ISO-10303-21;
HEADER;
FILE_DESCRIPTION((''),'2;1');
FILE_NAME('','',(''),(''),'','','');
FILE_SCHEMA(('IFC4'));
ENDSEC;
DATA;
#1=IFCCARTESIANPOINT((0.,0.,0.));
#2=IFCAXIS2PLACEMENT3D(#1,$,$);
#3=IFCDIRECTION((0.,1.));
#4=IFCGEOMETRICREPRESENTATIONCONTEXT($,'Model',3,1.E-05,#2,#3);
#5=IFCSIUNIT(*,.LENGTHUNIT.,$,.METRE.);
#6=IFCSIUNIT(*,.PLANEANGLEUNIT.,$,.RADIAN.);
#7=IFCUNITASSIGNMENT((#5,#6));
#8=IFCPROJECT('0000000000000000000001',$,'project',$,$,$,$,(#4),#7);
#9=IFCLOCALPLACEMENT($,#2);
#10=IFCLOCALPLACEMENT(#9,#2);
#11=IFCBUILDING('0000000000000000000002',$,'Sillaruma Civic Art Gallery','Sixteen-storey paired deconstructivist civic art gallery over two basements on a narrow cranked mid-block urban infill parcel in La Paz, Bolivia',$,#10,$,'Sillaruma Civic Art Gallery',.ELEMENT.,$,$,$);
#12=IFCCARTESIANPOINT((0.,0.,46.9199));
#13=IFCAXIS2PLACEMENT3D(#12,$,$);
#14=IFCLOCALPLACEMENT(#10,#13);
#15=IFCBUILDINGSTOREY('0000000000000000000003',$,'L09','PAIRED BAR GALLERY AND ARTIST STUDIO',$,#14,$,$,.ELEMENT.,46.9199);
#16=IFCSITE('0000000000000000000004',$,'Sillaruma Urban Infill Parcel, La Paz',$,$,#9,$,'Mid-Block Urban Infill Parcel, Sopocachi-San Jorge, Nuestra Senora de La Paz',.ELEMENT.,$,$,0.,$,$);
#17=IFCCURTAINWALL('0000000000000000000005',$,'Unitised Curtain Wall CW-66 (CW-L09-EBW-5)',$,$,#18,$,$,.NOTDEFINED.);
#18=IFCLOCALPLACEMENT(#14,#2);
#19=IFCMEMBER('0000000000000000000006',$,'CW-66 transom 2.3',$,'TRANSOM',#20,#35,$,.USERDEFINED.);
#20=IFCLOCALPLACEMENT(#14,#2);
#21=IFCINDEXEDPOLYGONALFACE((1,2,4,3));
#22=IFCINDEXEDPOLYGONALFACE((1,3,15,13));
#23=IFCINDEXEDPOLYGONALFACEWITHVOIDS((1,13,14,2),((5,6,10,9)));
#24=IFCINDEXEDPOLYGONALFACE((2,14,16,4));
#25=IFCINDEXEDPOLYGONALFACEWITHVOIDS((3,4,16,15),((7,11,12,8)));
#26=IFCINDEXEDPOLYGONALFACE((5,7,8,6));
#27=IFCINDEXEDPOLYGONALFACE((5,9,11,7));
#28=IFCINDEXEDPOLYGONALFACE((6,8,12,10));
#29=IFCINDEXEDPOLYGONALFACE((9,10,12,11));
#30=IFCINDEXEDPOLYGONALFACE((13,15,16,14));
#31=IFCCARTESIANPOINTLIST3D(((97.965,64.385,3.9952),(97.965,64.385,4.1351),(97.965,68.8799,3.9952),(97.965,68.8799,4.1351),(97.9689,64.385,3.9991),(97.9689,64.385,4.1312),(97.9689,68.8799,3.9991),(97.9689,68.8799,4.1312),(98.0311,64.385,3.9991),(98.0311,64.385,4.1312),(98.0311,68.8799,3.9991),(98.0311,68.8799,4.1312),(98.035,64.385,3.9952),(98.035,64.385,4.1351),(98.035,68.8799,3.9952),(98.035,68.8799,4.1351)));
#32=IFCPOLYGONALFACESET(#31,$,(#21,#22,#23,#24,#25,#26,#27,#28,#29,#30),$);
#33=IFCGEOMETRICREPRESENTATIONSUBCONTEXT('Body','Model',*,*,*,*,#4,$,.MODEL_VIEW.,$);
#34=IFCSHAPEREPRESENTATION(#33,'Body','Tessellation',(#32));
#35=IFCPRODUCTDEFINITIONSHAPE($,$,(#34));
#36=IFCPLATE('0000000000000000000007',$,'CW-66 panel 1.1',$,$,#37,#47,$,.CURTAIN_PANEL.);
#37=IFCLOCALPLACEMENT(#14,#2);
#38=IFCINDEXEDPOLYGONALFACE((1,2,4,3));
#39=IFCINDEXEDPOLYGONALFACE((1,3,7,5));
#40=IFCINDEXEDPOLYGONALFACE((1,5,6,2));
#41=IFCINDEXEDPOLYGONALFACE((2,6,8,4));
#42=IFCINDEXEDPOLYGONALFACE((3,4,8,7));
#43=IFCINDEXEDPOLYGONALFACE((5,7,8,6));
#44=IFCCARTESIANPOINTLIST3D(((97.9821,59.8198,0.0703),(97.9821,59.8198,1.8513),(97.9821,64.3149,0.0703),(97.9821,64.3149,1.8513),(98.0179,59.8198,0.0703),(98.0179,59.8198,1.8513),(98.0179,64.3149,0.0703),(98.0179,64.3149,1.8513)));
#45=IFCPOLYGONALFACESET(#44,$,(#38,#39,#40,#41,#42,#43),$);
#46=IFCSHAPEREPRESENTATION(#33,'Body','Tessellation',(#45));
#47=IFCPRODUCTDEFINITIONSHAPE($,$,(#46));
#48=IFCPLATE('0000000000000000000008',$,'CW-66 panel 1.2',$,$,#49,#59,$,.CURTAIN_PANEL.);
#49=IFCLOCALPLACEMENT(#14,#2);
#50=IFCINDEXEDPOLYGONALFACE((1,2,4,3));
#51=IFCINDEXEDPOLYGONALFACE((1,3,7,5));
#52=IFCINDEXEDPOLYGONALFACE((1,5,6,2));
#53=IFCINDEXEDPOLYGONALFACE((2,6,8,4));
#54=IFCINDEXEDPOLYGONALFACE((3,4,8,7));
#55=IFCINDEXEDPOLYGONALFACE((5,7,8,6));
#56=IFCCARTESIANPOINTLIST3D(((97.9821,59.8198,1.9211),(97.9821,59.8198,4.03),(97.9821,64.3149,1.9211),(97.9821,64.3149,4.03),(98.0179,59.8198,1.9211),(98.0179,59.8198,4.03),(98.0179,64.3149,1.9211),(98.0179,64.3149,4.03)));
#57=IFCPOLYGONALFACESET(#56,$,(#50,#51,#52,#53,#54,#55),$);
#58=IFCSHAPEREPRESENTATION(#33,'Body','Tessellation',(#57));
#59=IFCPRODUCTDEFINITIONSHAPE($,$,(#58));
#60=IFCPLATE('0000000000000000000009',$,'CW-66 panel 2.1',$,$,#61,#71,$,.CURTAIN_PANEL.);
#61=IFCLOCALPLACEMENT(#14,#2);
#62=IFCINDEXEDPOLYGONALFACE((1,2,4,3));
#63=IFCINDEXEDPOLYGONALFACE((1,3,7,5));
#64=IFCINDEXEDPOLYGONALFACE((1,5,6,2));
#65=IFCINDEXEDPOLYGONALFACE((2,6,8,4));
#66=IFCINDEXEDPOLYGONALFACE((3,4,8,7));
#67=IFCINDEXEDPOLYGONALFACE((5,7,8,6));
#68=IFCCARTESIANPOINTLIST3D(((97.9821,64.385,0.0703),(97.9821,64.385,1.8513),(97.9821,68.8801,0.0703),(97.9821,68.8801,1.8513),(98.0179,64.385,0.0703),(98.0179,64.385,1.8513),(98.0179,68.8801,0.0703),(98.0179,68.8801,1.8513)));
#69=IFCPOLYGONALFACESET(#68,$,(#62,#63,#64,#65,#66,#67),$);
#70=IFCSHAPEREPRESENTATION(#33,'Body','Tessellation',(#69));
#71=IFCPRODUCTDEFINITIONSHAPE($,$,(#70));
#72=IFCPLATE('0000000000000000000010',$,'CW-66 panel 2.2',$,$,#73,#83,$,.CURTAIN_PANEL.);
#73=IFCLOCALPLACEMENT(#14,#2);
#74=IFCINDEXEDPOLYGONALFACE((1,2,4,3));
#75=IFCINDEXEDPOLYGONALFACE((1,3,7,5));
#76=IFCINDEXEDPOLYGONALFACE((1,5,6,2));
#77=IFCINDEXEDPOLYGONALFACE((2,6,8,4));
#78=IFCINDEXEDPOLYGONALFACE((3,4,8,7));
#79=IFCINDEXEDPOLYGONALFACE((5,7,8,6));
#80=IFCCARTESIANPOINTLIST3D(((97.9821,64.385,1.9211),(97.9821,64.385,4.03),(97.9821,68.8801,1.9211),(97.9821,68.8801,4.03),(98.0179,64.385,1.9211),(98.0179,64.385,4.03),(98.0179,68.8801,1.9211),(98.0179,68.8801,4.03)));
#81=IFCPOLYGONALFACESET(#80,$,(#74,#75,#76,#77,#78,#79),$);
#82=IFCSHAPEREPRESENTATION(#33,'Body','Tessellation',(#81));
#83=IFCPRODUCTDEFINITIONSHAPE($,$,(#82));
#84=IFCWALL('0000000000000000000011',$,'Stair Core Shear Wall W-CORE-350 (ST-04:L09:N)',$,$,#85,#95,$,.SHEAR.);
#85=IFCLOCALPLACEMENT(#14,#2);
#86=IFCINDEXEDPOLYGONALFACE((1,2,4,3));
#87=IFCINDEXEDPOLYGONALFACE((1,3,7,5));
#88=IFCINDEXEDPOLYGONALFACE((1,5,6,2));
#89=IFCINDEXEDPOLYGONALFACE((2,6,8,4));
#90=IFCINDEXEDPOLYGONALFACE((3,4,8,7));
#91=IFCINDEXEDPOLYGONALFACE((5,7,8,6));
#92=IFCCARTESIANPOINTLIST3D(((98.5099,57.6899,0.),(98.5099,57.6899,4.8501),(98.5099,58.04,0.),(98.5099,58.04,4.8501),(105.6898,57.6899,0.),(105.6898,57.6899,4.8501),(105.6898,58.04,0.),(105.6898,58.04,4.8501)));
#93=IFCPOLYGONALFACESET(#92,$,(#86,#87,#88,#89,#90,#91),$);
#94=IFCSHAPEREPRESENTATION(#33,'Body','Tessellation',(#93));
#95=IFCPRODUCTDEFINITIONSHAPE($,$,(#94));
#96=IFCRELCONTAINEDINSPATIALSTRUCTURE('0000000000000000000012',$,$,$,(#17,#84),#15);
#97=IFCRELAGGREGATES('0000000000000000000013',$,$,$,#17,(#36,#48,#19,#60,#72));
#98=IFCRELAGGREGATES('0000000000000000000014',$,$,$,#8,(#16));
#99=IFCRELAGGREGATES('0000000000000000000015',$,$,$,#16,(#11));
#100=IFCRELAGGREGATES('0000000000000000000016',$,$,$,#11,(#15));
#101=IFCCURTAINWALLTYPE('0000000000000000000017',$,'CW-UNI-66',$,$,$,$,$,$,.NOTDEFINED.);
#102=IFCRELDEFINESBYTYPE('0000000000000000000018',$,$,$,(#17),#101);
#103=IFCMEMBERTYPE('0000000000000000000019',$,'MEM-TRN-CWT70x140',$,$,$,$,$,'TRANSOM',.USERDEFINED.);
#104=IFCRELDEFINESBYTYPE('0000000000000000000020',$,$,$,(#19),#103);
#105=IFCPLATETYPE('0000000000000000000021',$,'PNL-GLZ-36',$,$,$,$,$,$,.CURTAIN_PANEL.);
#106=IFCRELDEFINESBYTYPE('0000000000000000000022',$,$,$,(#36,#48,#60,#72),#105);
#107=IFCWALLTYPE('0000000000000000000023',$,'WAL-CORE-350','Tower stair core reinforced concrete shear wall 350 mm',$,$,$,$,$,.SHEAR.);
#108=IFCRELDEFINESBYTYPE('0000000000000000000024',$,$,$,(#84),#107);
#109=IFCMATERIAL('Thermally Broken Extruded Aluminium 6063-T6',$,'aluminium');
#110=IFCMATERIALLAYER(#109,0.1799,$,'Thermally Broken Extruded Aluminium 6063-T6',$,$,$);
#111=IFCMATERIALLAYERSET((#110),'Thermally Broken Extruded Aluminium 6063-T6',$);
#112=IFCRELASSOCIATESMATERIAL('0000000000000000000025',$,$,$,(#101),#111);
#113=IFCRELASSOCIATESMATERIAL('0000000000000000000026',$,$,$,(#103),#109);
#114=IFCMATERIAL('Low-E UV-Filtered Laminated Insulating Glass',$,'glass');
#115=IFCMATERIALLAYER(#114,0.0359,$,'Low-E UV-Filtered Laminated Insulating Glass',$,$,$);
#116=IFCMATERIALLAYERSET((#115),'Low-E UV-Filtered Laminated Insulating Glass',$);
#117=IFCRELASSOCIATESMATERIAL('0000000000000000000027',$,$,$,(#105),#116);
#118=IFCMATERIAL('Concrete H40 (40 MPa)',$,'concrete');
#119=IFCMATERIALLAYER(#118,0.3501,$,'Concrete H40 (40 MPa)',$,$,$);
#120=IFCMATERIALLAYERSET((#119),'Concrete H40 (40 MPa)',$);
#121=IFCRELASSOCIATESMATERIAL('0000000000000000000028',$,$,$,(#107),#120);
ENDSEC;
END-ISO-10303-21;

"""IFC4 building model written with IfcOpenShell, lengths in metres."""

from ifc_helpers import new_model, si_unit, direction, frame, frame_2d, origin, origin_2d, place, context, subcontext, project, spatial, rectangle, hollow_rectangle, extrude, material, layer, layer_set, material_profile, profile_set, type_object, element, aggregate, save


model = new_model("IFC4")

# Units and contexts
model_context = context("Model", 3, precision=1e-05, world=origin(), true_north=direction((0.0, 1.0)))
body_context = subcontext(model_context, "Body", "Model", "MODEL_VIEW")
ifc_project = project(units=[si_unit("LENGTHUNIT", "METRE"), si_unit("PLANEANGLEUNIT", "RADIAN")], contexts=[model_context])

# Site, building, storey
site_placement = place(None, origin())
site = spatial("IfcSite", under=ifc_project, at=site_placement, Name="Sillaruma Urban Infill Parcel, La Paz", LongName="Mid-Block Urban Infill Parcel, Sopocachi-San Jorge, Nuestra Senora de La Paz", CompositionType="ELEMENT", RefElevation=0.0)
building_placement = place(site_placement, origin())
building = spatial("IfcBuilding", under=site, at=building_placement, Name="Sillaruma Civic Art Gallery", Description="Sixteen-storey paired deconstructivist civic art gallery over two basements on a narrow cranked mid-block urban infill parcel in La Paz, Bolivia", LongName="Sillaruma Civic Art Gallery", CompositionType="ELEMENT")
storey_placement = place(building_placement, frame((0.0, 0.0, 46.9199)))
storey = spatial("IfcBuildingStorey", under=building, at=storey_placement, Name="L09", Description="PAIRED BAR GALLERY AND ARTIST STUDIO", CompositionType="ELEMENT", Elevation=46.9199)

# Shared definitions
ifc_material_1 = material(Name="Concrete H40 (40 MPa)", Category="concrete")

# Curtain wall, member, plates
ifc_material_2 = material(Name="Thermally Broken Extruded Aluminium 6063-T6", Category="aluminium")
ifc_layer_1 = layer(ifc_material_2, 0.1799, Name="Thermally Broken Extruded Aluminium 6063-T6")
ifc_layer_set_1 = layer_set([ifc_layer_1], Name="Thermally Broken Extruded Aluminium 6063-T6")
curtain_wall_type = type_object("IfcCurtainWallType", Name="CW-UNI-66", PredefinedType="NOTDEFINED", material=ifc_layer_set_1)
curtain_wall_placement = place(storey_placement, origin())
curtain_wall = element("IfcCurtainWall", 1, at=curtain_wall_placement, inside=storey, type_object=curtain_wall_type, Name="Unitised Curtain Wall CW-66 (CW-L09-EBW-5)", PredefinedType="NOTDEFINED")
ifc_material_profile_1 = material_profile(ifc_material_2, hollow_rectangle(XDim=0.0701, YDim=0.1399, WallThickness=0.0039, at=origin_2d()), Name="CWT70x140")
ifc_profile_set_1 = profile_set([ifc_material_profile_1], Name="Thermally Broken Extruded Aluminium 6063-T6")
member_type_1 = type_object("IfcMemberType", Name="MEM-TRN-CWT70x140", ElementType="TRANSOM", PredefinedType="USERDEFINED", material=ifc_profile_set_1)
member_1_placement = place(storey_placement, frame((98.0, 64.385, 4.0652), z_axis=(0.0, 1.0, 0.0), x_axis=(-1.0, 0.0, 0.0)))
member_1 = element("IfcMember", 2, at=member_1_placement, type_object=member_type_1, Name="CW-66 transom 2.3", ObjectType="TRANSOM", PredefinedType="USERDEFINED", context=body_context, shape_type="SweptSolid", body=[
    extrude(hollow_rectangle(XDim=0.0701, YDim=0.1399, WallThickness=0.0039, at=origin_2d()), origin(), (0.0, 0.0, 1.0), 4.4949),
])
ifc_material_3 = material(Name="Low-E UV-Filtered Laminated Insulating Glass", Category="glass")
ifc_layer_2 = layer(ifc_material_3, 0.0359, Name="Low-E UV-Filtered Laminated Insulating Glass")
ifc_layer_set_2 = layer_set([ifc_layer_2], Name="Low-E UV-Filtered Laminated Insulating Glass")
plate_type = type_object("IfcPlateType", Name="PNL-GLZ-36", PredefinedType="CURTAIN_PANEL", material=ifc_layer_set_2)
plate_1_placement = place(storey_placement, frame((98.0, 62.0674, 0.0703), z_axis=(0.0, 0.0, 1.0), x_axis=(0.0, 1.0, 0.0)))
plate_1 = element("IfcPlate", 3, at=plate_1_placement, type_object=plate_type, Name="CW-66 panel 1.1", PredefinedType="CURTAIN_PANEL", context=body_context, shape_type="SweptSolid", body=[
    extrude(rectangle(XDim=4.4951, YDim=0.0359, at=origin_2d()), origin(), (0.0, 0.0, 1.0), 1.781),
])
plate_2_placement = place(storey_placement, frame((98.0, 62.0674, 1.9211), z_axis=(0.0, 0.0, 1.0), x_axis=(0.0, 1.0, 0.0)))
plate_2 = element("IfcPlate", 4, at=plate_2_placement, type_object=plate_type, Name="CW-66 panel 1.2", PredefinedType="CURTAIN_PANEL", context=body_context, shape_type="SweptSolid", body=[
    extrude(rectangle(XDim=4.4951, YDim=0.0359, at=origin_2d()), origin(), (0.0, 0.0, 1.0), 2.1089),
])
plate_3_placement = place(storey_placement, frame((98.0, 66.6326, 0.0703), z_axis=(0.0, 0.0, 1.0), x_axis=(0.0, 1.0, 0.0)))
plate_3 = element("IfcPlate", 5, at=plate_3_placement, type_object=plate_type, Name="CW-66 panel 2.1", PredefinedType="CURTAIN_PANEL", context=body_context, shape_type="SweptSolid", body=[
    extrude(rectangle(XDim=4.4951, YDim=0.0359, at=origin_2d()), origin(), (0.0, 0.0, 1.0), 1.781),
])
plate_4_placement = place(storey_placement, frame((98.0, 66.6326, 1.9211), z_axis=(0.0, 0.0, 1.0), x_axis=(0.0, 1.0, 0.0)))
plate_4 = element("IfcPlate", 6, at=plate_4_placement, type_object=plate_type, Name="CW-66 panel 2.2", PredefinedType="CURTAIN_PANEL", context=body_context, shape_type="SweptSolid", body=[
    extrude(rectangle(XDim=4.4951, YDim=0.0359, at=origin_2d()), origin(), (0.0, 0.0, 1.0), 2.1089),
])
aggregate(curtain_wall, [plate_1, plate_2, member_1, plate_3, plate_4])

# Wall
ifc_layer_3 = layer(ifc_material_1, 0.3501, Name="Concrete H40 (40 MPa)")
ifc_layer_set_3 = layer_set([ifc_layer_3], Name="Concrete H40 (40 MPa)")
wall_type = type_object("IfcWallType", Name="WAL-CORE-350", Description="Tower stair core reinforced concrete shear wall 350 mm", PredefinedType="SHEAR", material=ifc_layer_set_3)
wall_placement = place(storey_placement, frame((98.51, 57.865, 0.0), z_axis=(0.0, 0.0, 1.0), x_axis=(1.0, 0.0, 0.0)))
element("IfcWall", 7, at=wall_placement, inside=storey, type_object=wall_type, Name="Stair Core Shear Wall W-CORE-350 (ST-04:L09:N)", PredefinedType="SHEAR", context=body_context, shape_type="SweptSolid", body=[
    extrude(rectangle(XDim=7.1799, YDim=0.3501, at=frame_2d((3.5898, 0.0))), origin(), (0.0, 0.0, 1.0), 4.8501),
])

save(model, "model.ifc")
